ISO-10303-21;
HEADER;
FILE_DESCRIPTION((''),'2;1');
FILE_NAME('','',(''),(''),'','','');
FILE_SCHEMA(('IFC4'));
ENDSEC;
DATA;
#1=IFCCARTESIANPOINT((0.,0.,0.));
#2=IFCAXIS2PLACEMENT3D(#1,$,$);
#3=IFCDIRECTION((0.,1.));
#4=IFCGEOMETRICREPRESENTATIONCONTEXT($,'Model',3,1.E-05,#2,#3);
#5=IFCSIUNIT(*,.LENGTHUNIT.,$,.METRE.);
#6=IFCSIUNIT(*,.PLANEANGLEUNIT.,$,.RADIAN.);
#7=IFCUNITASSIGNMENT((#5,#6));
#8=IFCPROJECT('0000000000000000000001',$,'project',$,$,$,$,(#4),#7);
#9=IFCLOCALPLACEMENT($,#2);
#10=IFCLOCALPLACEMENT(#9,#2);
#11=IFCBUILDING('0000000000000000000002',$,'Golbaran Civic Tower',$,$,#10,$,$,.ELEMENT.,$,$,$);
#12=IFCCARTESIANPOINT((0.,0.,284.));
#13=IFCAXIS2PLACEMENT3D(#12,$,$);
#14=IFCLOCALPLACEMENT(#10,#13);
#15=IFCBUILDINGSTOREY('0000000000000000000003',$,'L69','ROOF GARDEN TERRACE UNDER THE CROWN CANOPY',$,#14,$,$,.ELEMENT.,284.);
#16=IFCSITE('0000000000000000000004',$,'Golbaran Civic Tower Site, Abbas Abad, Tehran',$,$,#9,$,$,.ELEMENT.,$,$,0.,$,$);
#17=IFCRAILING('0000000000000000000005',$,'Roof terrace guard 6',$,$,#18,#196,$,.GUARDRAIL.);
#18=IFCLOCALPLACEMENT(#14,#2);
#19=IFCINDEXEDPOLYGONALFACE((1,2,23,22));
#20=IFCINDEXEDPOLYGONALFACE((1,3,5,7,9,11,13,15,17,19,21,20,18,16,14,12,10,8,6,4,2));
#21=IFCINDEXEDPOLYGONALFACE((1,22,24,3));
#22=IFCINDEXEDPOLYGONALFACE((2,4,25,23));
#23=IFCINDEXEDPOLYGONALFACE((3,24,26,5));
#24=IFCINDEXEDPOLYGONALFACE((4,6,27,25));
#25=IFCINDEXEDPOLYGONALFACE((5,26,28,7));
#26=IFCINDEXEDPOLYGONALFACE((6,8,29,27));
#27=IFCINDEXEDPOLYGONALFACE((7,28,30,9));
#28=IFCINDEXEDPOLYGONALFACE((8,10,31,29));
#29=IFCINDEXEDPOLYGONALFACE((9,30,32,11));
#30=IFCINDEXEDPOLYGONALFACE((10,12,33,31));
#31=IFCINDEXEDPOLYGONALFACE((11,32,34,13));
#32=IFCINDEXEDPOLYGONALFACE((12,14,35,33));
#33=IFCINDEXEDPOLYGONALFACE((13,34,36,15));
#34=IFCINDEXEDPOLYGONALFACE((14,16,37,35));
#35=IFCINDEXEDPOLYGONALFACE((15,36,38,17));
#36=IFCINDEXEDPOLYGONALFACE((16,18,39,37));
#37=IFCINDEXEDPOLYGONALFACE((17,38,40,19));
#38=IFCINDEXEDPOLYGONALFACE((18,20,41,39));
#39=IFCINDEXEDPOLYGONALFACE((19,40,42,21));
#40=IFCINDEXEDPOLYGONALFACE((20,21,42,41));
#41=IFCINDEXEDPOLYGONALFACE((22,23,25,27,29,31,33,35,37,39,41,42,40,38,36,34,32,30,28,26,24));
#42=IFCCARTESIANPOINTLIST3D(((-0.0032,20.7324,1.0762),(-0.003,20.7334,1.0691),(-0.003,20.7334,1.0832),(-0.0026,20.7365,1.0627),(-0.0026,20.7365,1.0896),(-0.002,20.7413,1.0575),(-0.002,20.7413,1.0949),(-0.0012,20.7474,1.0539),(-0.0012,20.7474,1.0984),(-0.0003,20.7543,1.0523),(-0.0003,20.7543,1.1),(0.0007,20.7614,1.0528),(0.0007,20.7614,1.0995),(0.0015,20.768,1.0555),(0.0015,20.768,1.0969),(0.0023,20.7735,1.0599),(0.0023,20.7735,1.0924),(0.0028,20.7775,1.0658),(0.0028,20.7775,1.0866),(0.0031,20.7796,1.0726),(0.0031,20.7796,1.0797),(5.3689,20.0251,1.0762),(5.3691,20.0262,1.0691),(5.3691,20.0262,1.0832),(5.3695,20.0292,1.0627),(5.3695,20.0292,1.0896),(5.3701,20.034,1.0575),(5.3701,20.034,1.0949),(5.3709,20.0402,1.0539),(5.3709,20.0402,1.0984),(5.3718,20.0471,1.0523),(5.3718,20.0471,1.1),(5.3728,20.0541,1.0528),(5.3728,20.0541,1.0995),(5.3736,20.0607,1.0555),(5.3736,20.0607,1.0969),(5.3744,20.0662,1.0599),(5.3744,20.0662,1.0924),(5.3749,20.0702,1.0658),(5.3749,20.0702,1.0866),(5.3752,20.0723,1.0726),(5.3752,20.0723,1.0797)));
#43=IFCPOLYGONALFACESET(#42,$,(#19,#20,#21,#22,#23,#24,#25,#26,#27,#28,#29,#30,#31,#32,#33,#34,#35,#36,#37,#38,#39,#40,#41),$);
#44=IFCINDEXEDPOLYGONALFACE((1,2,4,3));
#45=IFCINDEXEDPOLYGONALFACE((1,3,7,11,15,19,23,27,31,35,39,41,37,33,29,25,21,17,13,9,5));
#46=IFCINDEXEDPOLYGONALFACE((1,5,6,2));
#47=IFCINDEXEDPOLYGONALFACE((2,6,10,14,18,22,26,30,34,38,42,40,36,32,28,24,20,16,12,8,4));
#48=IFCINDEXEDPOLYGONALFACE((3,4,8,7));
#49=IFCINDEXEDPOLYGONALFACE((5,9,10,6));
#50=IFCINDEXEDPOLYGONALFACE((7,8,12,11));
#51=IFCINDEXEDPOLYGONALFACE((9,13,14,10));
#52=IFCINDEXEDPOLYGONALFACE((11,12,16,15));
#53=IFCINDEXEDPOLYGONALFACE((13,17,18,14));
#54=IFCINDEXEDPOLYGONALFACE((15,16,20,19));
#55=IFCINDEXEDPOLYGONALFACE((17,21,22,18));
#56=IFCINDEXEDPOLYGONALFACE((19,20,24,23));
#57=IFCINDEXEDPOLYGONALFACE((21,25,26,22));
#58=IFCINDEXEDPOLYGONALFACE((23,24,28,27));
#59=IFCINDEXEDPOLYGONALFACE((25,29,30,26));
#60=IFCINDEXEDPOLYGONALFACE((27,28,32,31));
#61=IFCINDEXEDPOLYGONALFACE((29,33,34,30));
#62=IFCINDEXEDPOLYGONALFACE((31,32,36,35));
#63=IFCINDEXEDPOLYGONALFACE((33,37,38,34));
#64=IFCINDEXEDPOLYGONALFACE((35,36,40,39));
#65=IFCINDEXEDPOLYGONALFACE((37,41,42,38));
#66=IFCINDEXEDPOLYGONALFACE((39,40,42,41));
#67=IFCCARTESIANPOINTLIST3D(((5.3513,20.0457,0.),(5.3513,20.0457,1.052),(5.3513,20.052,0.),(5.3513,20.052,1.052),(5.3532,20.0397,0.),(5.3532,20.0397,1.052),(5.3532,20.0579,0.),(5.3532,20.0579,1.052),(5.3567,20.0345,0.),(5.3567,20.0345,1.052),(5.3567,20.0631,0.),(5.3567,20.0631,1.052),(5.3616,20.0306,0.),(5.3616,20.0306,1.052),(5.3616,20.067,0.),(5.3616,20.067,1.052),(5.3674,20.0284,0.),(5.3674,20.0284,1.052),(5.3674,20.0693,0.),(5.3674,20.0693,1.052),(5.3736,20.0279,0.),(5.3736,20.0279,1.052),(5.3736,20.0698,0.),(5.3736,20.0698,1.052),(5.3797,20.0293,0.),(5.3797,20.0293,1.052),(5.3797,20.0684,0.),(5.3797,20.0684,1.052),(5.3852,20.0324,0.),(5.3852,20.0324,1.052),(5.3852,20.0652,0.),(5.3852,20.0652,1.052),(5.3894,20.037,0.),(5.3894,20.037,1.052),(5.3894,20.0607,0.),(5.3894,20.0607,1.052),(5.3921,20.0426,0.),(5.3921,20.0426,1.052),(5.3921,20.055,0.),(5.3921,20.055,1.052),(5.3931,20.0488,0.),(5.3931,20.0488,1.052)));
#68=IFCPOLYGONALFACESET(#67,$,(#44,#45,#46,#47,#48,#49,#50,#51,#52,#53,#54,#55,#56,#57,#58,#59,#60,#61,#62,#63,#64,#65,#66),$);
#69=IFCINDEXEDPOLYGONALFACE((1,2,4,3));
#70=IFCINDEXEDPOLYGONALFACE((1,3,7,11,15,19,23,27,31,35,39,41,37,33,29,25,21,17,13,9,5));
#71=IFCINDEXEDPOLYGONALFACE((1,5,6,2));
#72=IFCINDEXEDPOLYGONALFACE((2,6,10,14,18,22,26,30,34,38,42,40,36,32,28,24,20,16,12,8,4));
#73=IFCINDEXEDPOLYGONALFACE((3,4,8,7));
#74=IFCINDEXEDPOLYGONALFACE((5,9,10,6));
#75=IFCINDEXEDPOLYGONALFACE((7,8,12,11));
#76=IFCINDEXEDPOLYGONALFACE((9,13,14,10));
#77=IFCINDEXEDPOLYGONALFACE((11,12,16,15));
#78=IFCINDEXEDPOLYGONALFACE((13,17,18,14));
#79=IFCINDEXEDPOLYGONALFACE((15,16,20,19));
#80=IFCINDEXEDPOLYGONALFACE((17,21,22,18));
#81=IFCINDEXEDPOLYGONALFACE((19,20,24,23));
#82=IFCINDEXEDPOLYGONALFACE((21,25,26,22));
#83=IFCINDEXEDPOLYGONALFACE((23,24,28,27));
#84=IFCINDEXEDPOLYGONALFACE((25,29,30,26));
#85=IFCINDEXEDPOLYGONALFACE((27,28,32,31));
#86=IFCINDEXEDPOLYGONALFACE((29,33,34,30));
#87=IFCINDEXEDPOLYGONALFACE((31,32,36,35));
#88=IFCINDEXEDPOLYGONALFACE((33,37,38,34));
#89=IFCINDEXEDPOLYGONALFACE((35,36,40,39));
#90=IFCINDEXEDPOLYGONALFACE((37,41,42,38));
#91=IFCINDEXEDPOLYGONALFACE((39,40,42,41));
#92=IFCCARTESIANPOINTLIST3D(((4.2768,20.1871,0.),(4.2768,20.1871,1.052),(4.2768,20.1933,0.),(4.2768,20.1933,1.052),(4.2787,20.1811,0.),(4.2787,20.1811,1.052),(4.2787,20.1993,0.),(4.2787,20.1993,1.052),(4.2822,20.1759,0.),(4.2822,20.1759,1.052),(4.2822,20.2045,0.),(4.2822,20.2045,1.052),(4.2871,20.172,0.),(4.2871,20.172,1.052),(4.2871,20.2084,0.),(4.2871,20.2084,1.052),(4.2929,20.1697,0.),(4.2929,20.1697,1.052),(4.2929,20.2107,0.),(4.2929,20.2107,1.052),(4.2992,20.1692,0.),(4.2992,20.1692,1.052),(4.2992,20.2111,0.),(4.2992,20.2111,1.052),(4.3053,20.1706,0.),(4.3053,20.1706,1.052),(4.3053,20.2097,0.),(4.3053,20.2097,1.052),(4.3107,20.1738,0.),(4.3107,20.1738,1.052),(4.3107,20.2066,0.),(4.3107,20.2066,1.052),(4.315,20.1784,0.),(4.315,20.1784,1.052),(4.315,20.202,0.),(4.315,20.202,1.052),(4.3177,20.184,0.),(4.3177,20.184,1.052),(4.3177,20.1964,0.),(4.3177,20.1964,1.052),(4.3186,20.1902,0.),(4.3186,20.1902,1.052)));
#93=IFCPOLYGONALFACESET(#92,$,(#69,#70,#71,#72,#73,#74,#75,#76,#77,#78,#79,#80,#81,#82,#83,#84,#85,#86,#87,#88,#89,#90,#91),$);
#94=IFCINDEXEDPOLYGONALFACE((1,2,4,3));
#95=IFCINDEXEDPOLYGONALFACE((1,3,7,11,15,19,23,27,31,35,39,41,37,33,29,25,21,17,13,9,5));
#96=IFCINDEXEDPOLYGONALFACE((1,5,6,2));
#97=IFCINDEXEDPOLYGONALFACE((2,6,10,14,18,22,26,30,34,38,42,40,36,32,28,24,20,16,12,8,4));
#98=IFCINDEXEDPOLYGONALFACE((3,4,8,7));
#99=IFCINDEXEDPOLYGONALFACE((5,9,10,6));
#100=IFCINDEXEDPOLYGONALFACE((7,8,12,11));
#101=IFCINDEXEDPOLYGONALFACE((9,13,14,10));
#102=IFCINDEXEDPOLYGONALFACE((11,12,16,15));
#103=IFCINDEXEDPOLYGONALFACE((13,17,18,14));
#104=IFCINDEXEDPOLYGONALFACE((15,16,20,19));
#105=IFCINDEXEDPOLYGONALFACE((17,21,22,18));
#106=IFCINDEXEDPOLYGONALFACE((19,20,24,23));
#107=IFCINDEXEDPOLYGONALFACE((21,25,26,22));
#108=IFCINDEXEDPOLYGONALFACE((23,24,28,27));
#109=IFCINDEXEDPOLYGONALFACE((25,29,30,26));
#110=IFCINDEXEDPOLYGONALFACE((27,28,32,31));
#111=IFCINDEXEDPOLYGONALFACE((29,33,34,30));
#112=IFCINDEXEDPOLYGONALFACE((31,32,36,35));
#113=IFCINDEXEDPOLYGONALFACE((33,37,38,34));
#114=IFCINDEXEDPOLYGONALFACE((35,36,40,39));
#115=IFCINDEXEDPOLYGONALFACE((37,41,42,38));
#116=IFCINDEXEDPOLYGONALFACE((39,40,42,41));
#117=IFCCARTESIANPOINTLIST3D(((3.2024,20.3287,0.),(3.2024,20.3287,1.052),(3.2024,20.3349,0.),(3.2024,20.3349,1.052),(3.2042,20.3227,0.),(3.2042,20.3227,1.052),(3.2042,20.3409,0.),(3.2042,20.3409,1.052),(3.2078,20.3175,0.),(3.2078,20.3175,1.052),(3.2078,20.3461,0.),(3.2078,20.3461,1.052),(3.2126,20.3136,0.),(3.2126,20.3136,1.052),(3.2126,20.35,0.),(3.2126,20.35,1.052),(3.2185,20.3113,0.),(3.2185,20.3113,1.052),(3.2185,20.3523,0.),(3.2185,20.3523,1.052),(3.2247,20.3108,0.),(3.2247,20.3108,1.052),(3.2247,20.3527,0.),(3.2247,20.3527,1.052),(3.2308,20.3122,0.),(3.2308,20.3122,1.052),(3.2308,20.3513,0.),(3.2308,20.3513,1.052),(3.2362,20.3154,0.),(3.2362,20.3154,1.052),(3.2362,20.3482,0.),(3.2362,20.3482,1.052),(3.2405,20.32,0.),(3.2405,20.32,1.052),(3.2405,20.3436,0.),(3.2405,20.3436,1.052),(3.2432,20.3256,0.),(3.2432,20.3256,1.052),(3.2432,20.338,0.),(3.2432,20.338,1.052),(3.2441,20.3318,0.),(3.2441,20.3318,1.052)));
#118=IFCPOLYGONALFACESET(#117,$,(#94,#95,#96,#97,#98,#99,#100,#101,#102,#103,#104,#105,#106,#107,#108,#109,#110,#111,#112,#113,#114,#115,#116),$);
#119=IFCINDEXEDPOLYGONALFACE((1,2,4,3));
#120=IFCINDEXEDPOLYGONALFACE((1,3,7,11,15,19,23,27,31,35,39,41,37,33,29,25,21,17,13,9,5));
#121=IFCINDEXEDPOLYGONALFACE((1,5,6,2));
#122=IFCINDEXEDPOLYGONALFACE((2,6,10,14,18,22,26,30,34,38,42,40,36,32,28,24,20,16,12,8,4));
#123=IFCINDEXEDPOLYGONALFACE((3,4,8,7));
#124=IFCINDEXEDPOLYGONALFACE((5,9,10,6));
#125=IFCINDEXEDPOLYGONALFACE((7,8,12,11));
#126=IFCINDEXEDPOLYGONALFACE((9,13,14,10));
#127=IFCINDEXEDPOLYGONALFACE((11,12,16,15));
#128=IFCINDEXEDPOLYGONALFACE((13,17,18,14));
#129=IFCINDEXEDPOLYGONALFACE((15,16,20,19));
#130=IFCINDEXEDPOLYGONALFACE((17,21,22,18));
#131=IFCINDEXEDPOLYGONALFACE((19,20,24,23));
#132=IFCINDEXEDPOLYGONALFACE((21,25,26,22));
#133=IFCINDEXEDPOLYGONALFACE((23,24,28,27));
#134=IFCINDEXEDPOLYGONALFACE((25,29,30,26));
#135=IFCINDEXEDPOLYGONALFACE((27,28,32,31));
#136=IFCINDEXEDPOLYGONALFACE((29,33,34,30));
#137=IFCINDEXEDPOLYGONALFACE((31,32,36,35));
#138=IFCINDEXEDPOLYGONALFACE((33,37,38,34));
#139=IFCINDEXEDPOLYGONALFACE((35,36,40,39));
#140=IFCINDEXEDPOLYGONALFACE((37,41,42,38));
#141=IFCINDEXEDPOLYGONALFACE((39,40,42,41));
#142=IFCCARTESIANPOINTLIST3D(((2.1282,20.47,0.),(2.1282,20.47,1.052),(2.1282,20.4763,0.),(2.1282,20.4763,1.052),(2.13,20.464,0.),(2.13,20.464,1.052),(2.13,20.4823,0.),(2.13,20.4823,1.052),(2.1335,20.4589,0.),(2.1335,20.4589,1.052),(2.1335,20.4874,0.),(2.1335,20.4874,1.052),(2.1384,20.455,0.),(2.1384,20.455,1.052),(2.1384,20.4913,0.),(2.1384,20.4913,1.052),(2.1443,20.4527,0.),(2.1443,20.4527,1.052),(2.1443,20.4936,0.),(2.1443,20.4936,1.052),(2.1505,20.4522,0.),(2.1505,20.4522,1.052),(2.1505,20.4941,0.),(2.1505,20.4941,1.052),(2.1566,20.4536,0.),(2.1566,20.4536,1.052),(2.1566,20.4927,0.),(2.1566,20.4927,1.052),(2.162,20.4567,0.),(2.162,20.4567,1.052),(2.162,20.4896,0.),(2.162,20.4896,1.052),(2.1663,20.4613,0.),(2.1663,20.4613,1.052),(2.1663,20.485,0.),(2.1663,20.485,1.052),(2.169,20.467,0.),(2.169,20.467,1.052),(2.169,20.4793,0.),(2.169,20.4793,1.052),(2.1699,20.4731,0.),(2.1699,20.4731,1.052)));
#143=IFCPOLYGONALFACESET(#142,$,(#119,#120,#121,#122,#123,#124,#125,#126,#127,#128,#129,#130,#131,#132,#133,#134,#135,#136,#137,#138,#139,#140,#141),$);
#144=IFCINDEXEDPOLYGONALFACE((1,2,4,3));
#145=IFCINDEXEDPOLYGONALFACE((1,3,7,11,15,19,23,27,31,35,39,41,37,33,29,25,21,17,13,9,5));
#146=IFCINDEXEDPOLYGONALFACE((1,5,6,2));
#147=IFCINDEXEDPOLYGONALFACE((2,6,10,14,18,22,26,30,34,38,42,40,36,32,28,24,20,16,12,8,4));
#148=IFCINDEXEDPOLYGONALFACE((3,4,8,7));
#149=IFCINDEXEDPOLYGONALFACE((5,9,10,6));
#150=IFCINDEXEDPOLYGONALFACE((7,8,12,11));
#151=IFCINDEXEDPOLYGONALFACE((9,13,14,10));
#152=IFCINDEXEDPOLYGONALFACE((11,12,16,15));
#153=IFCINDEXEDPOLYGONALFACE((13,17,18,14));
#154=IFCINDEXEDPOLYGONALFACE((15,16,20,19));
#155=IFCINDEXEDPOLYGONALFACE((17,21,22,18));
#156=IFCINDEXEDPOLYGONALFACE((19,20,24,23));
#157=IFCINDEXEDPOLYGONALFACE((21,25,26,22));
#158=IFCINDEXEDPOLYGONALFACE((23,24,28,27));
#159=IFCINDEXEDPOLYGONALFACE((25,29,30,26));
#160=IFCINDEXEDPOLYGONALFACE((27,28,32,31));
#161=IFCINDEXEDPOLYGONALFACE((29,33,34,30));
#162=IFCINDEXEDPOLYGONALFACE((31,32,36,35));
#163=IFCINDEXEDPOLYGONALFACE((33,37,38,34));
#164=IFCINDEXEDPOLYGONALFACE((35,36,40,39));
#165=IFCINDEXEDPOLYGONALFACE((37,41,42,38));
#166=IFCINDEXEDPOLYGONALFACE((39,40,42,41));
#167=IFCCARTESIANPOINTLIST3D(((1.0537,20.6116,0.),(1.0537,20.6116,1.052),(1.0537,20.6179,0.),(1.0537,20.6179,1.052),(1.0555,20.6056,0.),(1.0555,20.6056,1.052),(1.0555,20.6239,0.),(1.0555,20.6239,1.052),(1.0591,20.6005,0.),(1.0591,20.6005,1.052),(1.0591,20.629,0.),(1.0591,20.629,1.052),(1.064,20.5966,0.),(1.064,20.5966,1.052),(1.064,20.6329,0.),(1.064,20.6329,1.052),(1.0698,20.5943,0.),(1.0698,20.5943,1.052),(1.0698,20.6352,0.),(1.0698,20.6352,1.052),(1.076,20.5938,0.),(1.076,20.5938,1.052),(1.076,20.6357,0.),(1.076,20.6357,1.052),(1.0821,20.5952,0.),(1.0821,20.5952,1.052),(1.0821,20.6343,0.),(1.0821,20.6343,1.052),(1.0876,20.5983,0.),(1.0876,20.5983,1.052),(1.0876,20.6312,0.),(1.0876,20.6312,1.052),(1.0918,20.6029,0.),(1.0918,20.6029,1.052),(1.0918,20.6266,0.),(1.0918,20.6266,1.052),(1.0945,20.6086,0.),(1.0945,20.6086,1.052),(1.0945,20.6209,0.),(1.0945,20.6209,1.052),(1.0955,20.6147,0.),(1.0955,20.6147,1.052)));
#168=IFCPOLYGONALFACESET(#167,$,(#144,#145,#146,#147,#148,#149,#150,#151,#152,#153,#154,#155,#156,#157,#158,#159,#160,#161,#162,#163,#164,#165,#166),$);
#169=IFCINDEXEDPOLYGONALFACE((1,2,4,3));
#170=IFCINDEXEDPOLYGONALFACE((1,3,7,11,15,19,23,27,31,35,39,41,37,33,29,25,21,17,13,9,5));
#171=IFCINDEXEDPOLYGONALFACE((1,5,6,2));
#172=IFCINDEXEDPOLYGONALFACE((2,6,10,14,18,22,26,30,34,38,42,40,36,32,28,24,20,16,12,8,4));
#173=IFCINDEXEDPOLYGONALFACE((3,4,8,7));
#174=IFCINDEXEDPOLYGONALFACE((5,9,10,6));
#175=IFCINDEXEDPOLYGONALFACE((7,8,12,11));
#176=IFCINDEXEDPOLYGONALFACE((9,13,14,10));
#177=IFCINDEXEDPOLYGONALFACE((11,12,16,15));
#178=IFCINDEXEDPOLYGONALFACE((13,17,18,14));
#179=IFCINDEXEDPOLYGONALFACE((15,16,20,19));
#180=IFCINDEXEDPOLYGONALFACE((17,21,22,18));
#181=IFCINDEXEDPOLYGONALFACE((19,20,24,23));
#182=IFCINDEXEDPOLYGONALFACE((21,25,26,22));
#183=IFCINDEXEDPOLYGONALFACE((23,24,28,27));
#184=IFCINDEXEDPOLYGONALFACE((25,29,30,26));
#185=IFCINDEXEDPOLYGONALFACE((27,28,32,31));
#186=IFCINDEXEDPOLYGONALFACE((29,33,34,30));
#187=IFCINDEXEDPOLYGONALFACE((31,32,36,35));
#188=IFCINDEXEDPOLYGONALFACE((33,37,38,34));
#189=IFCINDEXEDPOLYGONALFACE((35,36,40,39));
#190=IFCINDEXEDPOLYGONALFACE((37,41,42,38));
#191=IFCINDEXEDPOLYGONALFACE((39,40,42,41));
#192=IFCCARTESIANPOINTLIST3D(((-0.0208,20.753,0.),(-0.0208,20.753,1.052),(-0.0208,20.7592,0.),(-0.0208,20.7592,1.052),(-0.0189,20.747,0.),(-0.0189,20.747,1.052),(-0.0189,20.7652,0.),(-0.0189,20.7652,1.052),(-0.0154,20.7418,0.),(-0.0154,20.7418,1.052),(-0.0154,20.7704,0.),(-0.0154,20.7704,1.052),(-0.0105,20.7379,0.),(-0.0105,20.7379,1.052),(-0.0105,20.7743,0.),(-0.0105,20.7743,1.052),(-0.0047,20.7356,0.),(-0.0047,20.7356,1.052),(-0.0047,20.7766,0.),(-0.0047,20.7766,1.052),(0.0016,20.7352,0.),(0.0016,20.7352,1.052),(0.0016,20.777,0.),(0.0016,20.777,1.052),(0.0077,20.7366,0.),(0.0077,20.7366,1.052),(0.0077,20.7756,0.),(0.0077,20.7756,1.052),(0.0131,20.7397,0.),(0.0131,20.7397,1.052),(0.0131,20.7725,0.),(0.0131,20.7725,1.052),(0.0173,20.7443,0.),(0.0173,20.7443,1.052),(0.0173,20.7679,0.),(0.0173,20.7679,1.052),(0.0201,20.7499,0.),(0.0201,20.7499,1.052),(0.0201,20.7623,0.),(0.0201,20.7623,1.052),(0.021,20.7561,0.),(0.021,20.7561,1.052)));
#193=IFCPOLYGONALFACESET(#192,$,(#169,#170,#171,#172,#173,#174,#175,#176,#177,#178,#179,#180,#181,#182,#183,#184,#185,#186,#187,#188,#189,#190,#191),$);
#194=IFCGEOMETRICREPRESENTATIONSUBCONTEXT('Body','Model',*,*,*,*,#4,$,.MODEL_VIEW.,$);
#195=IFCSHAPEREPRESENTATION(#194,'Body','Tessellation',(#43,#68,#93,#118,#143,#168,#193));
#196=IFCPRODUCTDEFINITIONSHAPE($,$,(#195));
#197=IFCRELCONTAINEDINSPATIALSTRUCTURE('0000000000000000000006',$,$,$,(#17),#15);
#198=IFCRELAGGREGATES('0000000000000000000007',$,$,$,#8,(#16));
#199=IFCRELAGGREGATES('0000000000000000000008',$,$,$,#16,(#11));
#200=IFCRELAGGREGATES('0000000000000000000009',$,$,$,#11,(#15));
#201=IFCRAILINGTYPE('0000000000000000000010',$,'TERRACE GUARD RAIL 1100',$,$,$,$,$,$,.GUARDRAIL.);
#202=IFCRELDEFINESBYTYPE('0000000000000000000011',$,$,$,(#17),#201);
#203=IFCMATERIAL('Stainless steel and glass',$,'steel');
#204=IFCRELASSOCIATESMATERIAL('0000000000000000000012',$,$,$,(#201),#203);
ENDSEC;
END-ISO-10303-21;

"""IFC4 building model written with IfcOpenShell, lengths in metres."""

from ifc_helpers import new_model, si_unit, direction, frame, origin, origin_2d, place, context, subcontext, project, spatial, circle, extrude, material, type_object, element, save


model = new_model("IFC4")

# Units and contexts
model_context = context("Model", 3, precision=1e-05, world=origin(), true_north=direction((0.0, 1.0)))
body_context = subcontext(model_context, "Body", "Model", "MODEL_VIEW")
ifc_project = project(units=[si_unit("LENGTHUNIT", "METRE"), si_unit("PLANEANGLEUNIT", "RADIAN")], contexts=[model_context])

# Site, building, storey
site_placement = place(None, origin())
site = spatial("IfcSite", under=ifc_project, at=site_placement, Name="Golbaran Civic Tower Site, Abbas Abad, Tehran", CompositionType="ELEMENT", RefElevation=0.0)
building_placement = place(site_placement, origin())
building = spatial("IfcBuilding", under=site, at=building_placement, Name="Golbaran Civic Tower", CompositionType="ELEMENT")
storey_placement = place(building_placement, frame((0.0, 0.0, 284.0)))
storey = spatial("IfcBuildingStorey", under=building, at=storey_placement, Name="L69", Description="ROOF GARDEN TERRACE UNDER THE CROWN CANOPY", CompositionType="ELEMENT", Elevation=284.0)

# Railing
ifc_material_1 = material(Name="Stainless steel and glass", Category="steel")
railing_type = type_object("IfcRailingType", Name="TERRACE GUARD RAIL 1100", PredefinedType="GUARDRAIL", material=ifc_material_1)
railing_1_placement = place(storey_placement, frame((5.3721, 20.0488, 0.0)))
element("IfcRailing", 1, at=railing_1_placement, inside=storey, type_object=railing_type, Name="Roof terrace guard 6", PredefinedType="GUARDRAIL", context=body_context, shape_type="SweptSolid", body=[
    extrude(circle(Radius=0.0239, at=origin_2d()), frame((0.0, 0.0, 1.0762), z_axis=(-0.991444, 0.130531, 0.0), x_axis=(-0.130531, -0.991444, 0.0)), (0.0, 0.0, 1.0), 5.4185),
    extrude(circle(Radius=0.021, at=origin_2d()), origin(), (0.0, 0.0, 1.0), 1.052),
    extrude(circle(Radius=0.021, at=origin_2d()), frame((-1.0745, 0.1414, 0.0)), (0.0, 0.0, 1.0), 1.052),
    extrude(circle(Radius=0.021, at=origin_2d()), frame((-2.1489, 0.283, 0.0)), (0.0, 0.0, 1.0), 1.052),
    extrude(circle(Radius=0.021, at=origin_2d()), frame((-3.2231, 0.4243, 0.0)), (0.0, 0.0, 1.0), 1.052),
    extrude(circle(Radius=0.021, at=origin_2d()), frame((-4.2976, 0.5659, 0.0)), (0.0, 0.0, 1.0), 1.052),
    extrude(circle(Radius=0.021, at=origin_2d()), frame((-5.3721, 0.7073, 0.0)), (0.0, 0.0, 1.0), 1.052),
])

save(model, "model.ifc")
